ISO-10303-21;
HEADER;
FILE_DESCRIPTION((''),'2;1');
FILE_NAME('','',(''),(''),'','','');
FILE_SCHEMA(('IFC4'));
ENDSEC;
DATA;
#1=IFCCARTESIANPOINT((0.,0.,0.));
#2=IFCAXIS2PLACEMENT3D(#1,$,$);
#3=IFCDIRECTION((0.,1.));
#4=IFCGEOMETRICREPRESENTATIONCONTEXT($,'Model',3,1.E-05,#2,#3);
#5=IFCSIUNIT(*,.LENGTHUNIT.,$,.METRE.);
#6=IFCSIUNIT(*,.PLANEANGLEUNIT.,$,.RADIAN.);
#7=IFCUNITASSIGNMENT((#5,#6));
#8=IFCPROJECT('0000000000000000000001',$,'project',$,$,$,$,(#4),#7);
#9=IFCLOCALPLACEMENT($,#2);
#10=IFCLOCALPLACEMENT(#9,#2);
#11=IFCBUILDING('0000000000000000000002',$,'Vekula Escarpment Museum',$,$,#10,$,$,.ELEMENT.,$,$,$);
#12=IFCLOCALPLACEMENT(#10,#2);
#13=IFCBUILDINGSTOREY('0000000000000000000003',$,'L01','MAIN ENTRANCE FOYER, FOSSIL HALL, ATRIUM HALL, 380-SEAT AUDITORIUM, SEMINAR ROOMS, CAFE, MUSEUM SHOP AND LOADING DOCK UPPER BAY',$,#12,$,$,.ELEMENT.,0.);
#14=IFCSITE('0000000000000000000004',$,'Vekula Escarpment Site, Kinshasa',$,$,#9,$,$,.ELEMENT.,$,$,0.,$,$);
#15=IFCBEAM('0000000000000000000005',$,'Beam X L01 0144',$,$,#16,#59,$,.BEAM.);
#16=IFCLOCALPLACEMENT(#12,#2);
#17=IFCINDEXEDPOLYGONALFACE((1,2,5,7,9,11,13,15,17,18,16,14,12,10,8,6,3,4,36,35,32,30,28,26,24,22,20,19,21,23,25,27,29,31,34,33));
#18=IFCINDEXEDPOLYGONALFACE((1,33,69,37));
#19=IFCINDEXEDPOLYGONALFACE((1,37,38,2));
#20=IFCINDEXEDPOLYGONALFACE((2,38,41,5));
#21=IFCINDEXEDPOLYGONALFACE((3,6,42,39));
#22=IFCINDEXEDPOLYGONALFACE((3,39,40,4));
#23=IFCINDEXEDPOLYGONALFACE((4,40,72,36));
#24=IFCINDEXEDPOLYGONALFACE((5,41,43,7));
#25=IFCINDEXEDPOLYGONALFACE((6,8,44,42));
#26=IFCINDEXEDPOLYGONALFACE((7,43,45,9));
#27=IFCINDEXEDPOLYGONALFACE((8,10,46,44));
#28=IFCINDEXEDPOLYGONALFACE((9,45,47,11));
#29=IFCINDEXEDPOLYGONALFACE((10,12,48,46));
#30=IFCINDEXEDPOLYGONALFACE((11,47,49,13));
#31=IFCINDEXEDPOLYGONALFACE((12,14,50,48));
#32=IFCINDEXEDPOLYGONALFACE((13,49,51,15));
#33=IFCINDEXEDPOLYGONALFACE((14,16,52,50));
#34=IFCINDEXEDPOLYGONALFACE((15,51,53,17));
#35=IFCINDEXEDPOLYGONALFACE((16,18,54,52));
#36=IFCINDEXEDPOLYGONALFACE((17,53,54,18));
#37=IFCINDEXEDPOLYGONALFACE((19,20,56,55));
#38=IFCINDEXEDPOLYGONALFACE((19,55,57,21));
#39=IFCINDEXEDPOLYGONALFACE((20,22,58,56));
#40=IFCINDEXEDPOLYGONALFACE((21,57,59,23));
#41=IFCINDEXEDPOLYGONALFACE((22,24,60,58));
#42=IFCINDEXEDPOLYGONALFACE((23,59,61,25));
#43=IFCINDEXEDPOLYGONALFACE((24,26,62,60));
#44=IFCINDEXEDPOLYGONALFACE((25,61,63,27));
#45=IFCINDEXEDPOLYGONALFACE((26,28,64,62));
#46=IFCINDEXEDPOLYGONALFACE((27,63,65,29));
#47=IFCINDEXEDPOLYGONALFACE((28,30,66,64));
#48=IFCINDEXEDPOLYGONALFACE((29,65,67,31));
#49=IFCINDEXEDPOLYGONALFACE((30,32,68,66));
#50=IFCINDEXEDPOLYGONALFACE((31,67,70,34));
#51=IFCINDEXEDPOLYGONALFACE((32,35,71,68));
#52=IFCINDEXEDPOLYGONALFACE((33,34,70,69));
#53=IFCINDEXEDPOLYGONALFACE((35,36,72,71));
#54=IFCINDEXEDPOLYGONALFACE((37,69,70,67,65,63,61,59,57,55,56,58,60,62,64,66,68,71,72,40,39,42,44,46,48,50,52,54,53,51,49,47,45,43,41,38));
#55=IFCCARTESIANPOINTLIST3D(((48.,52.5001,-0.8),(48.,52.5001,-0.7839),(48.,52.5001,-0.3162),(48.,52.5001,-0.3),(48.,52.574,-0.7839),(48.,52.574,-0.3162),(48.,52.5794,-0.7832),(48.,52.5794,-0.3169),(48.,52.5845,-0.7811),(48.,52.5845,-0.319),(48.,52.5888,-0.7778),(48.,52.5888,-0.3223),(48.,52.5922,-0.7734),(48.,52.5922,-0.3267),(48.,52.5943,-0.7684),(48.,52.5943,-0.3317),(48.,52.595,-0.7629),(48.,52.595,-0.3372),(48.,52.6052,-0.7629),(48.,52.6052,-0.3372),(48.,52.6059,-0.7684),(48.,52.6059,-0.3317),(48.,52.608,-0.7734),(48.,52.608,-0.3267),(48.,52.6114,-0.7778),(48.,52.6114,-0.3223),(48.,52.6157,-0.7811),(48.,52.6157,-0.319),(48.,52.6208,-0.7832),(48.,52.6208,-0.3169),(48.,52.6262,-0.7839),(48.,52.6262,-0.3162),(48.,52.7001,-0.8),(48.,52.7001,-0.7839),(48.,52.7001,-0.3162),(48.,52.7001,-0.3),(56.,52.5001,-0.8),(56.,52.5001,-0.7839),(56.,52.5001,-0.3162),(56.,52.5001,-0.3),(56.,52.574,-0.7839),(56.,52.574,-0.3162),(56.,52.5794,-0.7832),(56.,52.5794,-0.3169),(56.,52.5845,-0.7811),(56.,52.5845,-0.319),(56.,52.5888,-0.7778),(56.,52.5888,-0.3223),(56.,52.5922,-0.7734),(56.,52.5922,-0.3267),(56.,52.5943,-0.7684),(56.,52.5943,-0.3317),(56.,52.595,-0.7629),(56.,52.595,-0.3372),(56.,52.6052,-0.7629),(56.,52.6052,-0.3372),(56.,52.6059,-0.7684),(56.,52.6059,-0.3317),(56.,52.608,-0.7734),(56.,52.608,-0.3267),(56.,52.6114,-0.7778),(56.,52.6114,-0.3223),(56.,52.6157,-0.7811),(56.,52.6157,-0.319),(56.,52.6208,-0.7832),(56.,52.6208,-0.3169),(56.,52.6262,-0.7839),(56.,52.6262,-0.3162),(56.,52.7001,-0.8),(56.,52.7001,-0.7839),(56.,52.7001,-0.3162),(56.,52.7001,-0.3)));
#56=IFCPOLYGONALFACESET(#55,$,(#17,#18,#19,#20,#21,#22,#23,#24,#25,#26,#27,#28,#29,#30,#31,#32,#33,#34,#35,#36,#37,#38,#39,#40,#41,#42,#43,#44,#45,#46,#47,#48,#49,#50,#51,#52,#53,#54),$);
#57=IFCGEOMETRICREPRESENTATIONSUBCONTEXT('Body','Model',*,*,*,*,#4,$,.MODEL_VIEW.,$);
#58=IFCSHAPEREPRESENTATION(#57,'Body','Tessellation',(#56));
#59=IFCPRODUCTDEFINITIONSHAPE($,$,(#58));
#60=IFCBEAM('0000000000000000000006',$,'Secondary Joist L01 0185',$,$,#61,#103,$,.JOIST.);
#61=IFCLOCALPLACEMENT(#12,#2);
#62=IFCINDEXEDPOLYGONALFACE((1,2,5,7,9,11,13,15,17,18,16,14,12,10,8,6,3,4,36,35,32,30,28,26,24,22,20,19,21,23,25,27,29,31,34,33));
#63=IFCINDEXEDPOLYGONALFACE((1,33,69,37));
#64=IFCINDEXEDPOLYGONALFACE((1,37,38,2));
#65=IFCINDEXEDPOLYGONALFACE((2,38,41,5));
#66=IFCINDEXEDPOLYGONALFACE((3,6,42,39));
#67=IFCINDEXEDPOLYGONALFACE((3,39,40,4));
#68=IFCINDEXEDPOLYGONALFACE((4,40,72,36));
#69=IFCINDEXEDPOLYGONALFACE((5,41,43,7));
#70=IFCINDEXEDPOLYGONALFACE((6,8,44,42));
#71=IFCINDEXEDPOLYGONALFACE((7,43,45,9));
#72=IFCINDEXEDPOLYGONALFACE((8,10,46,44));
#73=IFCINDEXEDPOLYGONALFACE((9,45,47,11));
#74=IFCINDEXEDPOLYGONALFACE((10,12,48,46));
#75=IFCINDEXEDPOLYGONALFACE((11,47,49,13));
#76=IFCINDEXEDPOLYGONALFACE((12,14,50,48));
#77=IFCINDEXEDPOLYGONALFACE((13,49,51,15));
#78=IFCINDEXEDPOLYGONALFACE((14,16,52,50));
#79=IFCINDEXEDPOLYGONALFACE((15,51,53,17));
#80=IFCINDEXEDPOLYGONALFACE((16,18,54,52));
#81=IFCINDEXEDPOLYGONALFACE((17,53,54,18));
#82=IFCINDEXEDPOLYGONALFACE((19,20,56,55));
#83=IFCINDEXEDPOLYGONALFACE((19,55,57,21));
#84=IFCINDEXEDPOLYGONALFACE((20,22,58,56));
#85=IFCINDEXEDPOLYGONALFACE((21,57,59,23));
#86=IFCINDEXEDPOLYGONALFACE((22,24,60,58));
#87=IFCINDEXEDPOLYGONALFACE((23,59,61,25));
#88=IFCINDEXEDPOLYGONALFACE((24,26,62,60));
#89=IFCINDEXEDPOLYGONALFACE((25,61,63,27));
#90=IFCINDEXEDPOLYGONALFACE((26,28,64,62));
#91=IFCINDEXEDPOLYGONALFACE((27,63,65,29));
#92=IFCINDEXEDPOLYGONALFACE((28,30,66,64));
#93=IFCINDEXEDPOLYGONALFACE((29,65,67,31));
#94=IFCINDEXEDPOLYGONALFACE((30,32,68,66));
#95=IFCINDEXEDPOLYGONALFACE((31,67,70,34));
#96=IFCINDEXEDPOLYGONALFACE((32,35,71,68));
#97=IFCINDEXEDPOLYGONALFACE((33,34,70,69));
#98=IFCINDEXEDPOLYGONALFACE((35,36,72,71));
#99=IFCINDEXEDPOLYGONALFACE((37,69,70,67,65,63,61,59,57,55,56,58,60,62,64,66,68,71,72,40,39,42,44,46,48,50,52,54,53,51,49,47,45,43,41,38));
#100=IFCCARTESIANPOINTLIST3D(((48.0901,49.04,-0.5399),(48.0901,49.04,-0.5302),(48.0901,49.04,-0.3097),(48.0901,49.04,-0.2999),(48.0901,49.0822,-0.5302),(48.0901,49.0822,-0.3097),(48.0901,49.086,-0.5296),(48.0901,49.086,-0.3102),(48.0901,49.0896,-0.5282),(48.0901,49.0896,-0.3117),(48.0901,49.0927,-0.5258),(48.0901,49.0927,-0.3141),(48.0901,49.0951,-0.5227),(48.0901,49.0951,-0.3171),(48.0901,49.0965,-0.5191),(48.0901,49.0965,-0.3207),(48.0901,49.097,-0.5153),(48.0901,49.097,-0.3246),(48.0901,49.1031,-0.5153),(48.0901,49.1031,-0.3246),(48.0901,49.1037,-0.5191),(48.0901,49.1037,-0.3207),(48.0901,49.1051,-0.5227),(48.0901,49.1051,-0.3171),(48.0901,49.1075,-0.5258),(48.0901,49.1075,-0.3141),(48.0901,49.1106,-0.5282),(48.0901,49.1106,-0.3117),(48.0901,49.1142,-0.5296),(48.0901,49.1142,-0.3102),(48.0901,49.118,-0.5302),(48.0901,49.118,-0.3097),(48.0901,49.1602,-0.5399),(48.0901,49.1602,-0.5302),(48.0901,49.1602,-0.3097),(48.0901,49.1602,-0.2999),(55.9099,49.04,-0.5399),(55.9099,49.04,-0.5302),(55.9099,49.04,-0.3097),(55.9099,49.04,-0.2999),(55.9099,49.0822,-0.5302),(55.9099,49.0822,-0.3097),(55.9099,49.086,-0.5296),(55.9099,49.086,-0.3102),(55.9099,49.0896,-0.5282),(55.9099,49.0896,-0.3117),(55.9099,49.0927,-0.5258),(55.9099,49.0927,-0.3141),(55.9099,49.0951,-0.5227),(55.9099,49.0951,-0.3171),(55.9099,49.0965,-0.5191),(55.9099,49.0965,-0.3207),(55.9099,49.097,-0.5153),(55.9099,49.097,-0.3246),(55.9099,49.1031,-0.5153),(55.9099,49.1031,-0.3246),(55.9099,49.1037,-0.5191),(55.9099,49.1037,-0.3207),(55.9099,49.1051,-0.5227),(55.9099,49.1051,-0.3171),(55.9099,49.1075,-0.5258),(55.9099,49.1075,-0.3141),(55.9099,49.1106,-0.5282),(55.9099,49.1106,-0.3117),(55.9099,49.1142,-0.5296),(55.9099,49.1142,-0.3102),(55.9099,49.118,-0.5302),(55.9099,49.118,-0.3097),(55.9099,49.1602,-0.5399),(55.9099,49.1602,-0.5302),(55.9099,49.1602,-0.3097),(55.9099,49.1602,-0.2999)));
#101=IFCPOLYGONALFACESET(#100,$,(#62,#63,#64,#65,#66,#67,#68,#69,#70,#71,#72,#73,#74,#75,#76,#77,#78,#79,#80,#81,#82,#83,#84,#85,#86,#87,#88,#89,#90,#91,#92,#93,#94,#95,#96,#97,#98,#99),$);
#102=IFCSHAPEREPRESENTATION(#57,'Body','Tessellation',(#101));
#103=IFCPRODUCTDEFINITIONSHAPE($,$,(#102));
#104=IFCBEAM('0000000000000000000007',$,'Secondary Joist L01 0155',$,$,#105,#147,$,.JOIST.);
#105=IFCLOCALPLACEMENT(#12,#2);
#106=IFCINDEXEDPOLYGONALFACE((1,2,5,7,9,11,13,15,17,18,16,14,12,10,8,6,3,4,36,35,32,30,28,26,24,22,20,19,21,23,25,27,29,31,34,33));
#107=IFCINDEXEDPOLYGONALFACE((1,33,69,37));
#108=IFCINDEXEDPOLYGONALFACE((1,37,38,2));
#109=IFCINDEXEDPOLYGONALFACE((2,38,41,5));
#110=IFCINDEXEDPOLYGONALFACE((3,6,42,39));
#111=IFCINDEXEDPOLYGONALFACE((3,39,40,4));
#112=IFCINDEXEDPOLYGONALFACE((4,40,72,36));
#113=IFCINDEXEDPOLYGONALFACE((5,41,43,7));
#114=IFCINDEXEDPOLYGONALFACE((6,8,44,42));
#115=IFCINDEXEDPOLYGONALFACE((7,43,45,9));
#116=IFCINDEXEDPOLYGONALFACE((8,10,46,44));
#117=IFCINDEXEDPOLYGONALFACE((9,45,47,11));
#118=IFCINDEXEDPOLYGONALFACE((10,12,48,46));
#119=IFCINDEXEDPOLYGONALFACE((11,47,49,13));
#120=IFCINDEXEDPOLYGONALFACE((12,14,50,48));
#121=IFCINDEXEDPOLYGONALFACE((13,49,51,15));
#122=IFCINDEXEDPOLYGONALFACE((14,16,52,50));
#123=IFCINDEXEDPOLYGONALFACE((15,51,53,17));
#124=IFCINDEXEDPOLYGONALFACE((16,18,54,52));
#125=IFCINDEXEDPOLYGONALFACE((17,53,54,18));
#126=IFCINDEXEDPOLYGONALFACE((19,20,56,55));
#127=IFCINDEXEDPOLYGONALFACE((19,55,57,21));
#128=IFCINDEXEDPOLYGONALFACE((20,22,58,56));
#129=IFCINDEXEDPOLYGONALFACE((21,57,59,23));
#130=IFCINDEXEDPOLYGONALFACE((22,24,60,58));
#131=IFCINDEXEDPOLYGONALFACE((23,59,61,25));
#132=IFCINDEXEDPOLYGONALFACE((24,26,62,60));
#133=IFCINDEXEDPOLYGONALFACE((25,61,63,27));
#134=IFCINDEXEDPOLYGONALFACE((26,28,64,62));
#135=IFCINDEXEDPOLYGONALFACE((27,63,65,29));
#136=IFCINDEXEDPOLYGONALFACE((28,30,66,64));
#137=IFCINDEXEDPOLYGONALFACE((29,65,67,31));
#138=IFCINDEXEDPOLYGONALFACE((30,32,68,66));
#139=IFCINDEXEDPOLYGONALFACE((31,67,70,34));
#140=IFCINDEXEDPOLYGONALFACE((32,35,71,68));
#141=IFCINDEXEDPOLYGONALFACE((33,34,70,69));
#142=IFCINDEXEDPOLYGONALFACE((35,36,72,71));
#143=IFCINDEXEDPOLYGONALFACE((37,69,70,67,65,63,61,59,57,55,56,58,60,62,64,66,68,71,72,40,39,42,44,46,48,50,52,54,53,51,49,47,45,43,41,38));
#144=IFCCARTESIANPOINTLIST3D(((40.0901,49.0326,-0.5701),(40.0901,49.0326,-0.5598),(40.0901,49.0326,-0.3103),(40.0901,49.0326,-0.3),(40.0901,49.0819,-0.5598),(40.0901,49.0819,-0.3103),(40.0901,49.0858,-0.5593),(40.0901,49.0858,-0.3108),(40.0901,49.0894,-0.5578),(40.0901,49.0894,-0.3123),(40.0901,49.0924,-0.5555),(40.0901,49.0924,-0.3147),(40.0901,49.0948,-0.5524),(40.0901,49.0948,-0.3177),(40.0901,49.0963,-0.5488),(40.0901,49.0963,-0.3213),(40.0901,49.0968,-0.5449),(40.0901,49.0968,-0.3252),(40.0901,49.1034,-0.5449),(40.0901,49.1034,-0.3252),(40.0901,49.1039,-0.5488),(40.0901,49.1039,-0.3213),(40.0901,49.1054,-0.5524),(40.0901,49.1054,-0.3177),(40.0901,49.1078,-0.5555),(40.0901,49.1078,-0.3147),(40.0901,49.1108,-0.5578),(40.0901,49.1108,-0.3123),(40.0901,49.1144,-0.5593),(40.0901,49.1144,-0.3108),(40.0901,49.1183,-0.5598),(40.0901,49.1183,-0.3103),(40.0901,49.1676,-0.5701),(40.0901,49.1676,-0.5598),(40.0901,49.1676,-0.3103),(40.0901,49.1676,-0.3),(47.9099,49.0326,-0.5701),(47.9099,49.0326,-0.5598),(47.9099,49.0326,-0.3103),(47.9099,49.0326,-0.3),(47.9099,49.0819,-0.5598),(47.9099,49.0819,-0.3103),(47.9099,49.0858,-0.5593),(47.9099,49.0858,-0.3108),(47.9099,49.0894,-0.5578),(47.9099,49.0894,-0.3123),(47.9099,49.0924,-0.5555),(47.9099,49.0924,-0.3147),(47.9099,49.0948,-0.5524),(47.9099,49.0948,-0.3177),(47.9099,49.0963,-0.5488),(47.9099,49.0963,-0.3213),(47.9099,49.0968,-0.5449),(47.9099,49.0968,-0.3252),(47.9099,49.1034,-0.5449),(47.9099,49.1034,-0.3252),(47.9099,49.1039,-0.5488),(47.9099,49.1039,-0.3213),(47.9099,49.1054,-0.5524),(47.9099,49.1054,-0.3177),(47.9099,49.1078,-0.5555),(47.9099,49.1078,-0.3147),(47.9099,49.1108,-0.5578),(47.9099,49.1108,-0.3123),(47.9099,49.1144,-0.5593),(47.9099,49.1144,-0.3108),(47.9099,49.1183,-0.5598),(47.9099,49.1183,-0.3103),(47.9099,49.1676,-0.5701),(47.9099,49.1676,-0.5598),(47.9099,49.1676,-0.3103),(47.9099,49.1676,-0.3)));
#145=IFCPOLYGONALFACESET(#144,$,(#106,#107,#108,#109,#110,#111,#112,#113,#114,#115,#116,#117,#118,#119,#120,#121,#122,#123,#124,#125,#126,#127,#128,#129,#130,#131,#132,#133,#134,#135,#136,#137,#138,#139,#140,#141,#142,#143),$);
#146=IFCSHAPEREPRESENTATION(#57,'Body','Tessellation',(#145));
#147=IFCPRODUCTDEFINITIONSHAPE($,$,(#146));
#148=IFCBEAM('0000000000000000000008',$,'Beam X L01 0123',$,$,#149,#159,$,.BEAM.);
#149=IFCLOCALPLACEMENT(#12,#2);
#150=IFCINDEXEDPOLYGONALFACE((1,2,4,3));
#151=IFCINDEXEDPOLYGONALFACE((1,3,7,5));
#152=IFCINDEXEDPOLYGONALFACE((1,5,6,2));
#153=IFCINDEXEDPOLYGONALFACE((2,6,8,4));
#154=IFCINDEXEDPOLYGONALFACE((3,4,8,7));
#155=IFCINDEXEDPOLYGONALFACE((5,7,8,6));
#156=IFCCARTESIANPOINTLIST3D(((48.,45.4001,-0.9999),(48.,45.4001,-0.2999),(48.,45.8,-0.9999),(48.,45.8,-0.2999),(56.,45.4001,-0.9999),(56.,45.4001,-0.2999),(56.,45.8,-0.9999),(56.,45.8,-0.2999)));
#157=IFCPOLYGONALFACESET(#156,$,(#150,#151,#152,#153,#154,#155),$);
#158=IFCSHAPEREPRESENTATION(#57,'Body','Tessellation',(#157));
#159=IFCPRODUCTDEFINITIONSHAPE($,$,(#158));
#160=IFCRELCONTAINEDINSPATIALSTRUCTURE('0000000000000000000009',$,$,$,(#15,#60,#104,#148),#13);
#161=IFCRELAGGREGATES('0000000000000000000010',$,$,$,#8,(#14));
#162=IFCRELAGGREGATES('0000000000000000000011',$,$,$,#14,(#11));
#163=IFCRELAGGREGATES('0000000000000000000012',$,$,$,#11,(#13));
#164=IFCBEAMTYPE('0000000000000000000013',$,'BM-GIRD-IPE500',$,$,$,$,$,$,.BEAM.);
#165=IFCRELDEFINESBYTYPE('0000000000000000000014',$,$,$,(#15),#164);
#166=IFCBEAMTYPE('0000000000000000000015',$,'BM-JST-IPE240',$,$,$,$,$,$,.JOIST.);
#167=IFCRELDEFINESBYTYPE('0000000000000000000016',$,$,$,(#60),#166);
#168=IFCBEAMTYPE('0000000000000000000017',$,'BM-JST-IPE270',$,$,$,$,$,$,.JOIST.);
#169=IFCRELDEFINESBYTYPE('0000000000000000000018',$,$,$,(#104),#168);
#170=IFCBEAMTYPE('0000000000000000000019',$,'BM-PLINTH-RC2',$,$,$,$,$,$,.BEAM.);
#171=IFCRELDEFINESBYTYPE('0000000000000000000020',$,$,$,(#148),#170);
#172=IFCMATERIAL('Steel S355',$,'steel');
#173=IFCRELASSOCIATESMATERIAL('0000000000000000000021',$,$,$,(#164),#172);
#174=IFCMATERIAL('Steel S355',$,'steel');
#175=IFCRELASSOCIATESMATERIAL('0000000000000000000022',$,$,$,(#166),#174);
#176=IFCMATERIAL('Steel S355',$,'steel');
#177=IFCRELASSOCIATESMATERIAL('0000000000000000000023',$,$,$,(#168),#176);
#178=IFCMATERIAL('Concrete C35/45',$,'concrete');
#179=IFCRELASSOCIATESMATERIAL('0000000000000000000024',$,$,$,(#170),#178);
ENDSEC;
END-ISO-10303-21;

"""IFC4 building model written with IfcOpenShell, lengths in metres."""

from ifc_helpers import new_model, si_unit, direction, frame, origin, origin_2d, place, context, subcontext, project, spatial, rectangle, i_section, extrude, material, material_profile, profile_set, type_object, element, save


model = new_model("IFC4")

# Units and contexts
model_context = context("Model", 3, precision=1e-05, world=origin(), true_north=direction((0.0, 1.0)))
body_context = subcontext(model_context, "Body", "Model", "MODEL_VIEW")
ifc_project = project(units=[si_unit("LENGTHUNIT", "METRE"), si_unit("PLANEANGLEUNIT", "RADIAN")], contexts=[model_context])

# Site, building, storey
site_placement = place(None, origin())
site = spatial("IfcSite", under=ifc_project, at=site_placement, Name="Vekula Escarpment Site, Kinshasa", CompositionType="ELEMENT", RefElevation=0.0)
building_placement = place(site_placement, origin())
building = spatial("IfcBuilding", under=site, at=building_placement, Name="Vekula Escarpment Museum", CompositionType="ELEMENT")
storey_placement = place(building_placement, origin())
storey = spatial("IfcBuildingStorey", under=building, at=storey_placement, Name="L01", Description="MAIN ENTRANCE FOYER, FOSSIL HALL, ATRIUM HALL, 380-SEAT AUDITORIUM, SEMINAR ROOMS, CAFE, MUSEUM SHOP AND LOADING DOCK UPPER BAY", CompositionType="ELEMENT", Elevation=0.0)

# Beams
ifc_material_1 = material(Name="Steel S355", Category="steel")
ifc_material_profile_1 = material_profile(ifc_material_1, i_section(OverallWidth=0.2, OverallDepth=0.5, WebThickness=0.0103, FlangeThickness=0.0161, FilletRadius=0.021, at=origin_2d()), Name="IPE 500")
ifc_profile_set_1 = profile_set([ifc_material_profile_1], Name="Steel S355")
beam_type_1 = type_object("IfcBeamType", Name="BM-GIRD-IPE500", PredefinedType="BEAM", material=ifc_profile_set_1)
beam_1_placement = place(storey_placement, frame((48.0, 52.6001, -0.55), z_axis=(1.0, 0.0, 0.0), x_axis=(0.0, 1.0, 0.0)))
element("IfcBeam", 1, at=beam_1_placement, inside=storey, type_object=beam_type_1, Name="Beam X L01 0144", PredefinedType="BEAM", context=body_context, shape_type="SweptSolid", body=[
    extrude(i_section(OverallWidth=0.2, OverallDepth=0.5, WebThickness=0.0103, FlangeThickness=0.0161, FilletRadius=0.021, at=origin_2d()), origin(), (0.0, 0.0, 1.0), 8.0),
])
ifc_material_2 = material(Name="Steel S355", Category="steel")
ifc_material_profile_2 = material_profile(ifc_material_2, i_section(OverallWidth=0.1201, OverallDepth=0.24, WebThickness=0.0061, FlangeThickness=0.0098, FilletRadius=0.0149, at=origin_2d()), Name="IPE 240")
ifc_profile_set_2 = profile_set([ifc_material_profile_2], Name="Steel S355")
beam_type_2 = type_object("IfcBeamType", Name="BM-JST-IPE240", PredefinedType="JOIST", material=ifc_profile_set_2)
beam_2_placement = place(storey_placement, frame((48.0901, 49.1001, -0.4199), z_axis=(1.0, 0.0, 0.0), x_axis=(0.0, 1.0, 0.0)))
element("IfcBeam", 2, at=beam_2_placement, inside=storey, type_object=beam_type_2, Name="Secondary Joist L01 0185", PredefinedType="JOIST", context=body_context, shape_type="SweptSolid", body=[
    extrude(i_section(OverallWidth=0.1201, OverallDepth=0.24, WebThickness=0.0061, FlangeThickness=0.0098, FilletRadius=0.0149, at=origin_2d()), origin(), (0.0, 0.0, 1.0), 7.8198),
])
ifc_material_3 = material(Name="Steel S355", Category="steel")
ifc_material_profile_3 = material_profile(ifc_material_3, i_section(OverallWidth=0.135, OverallDepth=0.27, WebThickness=0.0066, FlangeThickness=0.0103, FilletRadius=0.0149, at=origin_2d()), Name="IPE 270")
ifc_profile_set_3 = profile_set([ifc_material_profile_3], Name="Steel S355")
beam_type_3 = type_object("IfcBeamType", Name="BM-JST-IPE270", PredefinedType="JOIST", material=ifc_profile_set_3)
beam_3_placement = place(storey_placement, frame((40.0901, 49.1001, -0.4351), z_axis=(1.0, 0.0, 0.0), x_axis=(0.0, 1.0, 0.0)))
element("IfcBeam", 3, at=beam_3_placement, inside=storey, type_object=beam_type_3, Name="Secondary Joist L01 0155", PredefinedType="JOIST", context=body_context, shape_type="SweptSolid", body=[
    extrude(i_section(OverallWidth=0.135, OverallDepth=0.27, WebThickness=0.0066, FlangeThickness=0.0103, FilletRadius=0.0149, at=origin_2d()), origin(), (0.0, 0.0, 1.0), 7.8198),
])
ifc_material_4 = material(Name="Concrete C35/45", Category="concrete")
ifc_material_profile_4 = material_profile(ifc_material_4, rectangle(XDim=0.3999, YDim=0.7, at=origin_2d()), Name="RC 400x700")
ifc_profile_set_4 = profile_set([ifc_material_profile_4], Name="Concrete C35/45")
beam_type_4 = type_object("IfcBeamType", Name="BM-PLINTH-RC2", PredefinedType="BEAM", material=ifc_profile_set_4)
beam_4_placement = place(storey_placement, frame((48.0, 45.6001, -0.6499), z_axis=(1.0, 0.0, 0.0), x_axis=(0.0, 1.0, 0.0)))
element("IfcBeam", 4, at=beam_4_placement, inside=storey, type_object=beam_type_4, Name="Beam X L01 0123", PredefinedType="BEAM", context=body_context, shape_type="SweptSolid", body=[
    extrude(rectangle(XDim=0.3999, YDim=0.7, at=origin_2d()), origin(), (0.0, 0.0, 1.0), 8.0),
])

save(model, "model.ifc")
